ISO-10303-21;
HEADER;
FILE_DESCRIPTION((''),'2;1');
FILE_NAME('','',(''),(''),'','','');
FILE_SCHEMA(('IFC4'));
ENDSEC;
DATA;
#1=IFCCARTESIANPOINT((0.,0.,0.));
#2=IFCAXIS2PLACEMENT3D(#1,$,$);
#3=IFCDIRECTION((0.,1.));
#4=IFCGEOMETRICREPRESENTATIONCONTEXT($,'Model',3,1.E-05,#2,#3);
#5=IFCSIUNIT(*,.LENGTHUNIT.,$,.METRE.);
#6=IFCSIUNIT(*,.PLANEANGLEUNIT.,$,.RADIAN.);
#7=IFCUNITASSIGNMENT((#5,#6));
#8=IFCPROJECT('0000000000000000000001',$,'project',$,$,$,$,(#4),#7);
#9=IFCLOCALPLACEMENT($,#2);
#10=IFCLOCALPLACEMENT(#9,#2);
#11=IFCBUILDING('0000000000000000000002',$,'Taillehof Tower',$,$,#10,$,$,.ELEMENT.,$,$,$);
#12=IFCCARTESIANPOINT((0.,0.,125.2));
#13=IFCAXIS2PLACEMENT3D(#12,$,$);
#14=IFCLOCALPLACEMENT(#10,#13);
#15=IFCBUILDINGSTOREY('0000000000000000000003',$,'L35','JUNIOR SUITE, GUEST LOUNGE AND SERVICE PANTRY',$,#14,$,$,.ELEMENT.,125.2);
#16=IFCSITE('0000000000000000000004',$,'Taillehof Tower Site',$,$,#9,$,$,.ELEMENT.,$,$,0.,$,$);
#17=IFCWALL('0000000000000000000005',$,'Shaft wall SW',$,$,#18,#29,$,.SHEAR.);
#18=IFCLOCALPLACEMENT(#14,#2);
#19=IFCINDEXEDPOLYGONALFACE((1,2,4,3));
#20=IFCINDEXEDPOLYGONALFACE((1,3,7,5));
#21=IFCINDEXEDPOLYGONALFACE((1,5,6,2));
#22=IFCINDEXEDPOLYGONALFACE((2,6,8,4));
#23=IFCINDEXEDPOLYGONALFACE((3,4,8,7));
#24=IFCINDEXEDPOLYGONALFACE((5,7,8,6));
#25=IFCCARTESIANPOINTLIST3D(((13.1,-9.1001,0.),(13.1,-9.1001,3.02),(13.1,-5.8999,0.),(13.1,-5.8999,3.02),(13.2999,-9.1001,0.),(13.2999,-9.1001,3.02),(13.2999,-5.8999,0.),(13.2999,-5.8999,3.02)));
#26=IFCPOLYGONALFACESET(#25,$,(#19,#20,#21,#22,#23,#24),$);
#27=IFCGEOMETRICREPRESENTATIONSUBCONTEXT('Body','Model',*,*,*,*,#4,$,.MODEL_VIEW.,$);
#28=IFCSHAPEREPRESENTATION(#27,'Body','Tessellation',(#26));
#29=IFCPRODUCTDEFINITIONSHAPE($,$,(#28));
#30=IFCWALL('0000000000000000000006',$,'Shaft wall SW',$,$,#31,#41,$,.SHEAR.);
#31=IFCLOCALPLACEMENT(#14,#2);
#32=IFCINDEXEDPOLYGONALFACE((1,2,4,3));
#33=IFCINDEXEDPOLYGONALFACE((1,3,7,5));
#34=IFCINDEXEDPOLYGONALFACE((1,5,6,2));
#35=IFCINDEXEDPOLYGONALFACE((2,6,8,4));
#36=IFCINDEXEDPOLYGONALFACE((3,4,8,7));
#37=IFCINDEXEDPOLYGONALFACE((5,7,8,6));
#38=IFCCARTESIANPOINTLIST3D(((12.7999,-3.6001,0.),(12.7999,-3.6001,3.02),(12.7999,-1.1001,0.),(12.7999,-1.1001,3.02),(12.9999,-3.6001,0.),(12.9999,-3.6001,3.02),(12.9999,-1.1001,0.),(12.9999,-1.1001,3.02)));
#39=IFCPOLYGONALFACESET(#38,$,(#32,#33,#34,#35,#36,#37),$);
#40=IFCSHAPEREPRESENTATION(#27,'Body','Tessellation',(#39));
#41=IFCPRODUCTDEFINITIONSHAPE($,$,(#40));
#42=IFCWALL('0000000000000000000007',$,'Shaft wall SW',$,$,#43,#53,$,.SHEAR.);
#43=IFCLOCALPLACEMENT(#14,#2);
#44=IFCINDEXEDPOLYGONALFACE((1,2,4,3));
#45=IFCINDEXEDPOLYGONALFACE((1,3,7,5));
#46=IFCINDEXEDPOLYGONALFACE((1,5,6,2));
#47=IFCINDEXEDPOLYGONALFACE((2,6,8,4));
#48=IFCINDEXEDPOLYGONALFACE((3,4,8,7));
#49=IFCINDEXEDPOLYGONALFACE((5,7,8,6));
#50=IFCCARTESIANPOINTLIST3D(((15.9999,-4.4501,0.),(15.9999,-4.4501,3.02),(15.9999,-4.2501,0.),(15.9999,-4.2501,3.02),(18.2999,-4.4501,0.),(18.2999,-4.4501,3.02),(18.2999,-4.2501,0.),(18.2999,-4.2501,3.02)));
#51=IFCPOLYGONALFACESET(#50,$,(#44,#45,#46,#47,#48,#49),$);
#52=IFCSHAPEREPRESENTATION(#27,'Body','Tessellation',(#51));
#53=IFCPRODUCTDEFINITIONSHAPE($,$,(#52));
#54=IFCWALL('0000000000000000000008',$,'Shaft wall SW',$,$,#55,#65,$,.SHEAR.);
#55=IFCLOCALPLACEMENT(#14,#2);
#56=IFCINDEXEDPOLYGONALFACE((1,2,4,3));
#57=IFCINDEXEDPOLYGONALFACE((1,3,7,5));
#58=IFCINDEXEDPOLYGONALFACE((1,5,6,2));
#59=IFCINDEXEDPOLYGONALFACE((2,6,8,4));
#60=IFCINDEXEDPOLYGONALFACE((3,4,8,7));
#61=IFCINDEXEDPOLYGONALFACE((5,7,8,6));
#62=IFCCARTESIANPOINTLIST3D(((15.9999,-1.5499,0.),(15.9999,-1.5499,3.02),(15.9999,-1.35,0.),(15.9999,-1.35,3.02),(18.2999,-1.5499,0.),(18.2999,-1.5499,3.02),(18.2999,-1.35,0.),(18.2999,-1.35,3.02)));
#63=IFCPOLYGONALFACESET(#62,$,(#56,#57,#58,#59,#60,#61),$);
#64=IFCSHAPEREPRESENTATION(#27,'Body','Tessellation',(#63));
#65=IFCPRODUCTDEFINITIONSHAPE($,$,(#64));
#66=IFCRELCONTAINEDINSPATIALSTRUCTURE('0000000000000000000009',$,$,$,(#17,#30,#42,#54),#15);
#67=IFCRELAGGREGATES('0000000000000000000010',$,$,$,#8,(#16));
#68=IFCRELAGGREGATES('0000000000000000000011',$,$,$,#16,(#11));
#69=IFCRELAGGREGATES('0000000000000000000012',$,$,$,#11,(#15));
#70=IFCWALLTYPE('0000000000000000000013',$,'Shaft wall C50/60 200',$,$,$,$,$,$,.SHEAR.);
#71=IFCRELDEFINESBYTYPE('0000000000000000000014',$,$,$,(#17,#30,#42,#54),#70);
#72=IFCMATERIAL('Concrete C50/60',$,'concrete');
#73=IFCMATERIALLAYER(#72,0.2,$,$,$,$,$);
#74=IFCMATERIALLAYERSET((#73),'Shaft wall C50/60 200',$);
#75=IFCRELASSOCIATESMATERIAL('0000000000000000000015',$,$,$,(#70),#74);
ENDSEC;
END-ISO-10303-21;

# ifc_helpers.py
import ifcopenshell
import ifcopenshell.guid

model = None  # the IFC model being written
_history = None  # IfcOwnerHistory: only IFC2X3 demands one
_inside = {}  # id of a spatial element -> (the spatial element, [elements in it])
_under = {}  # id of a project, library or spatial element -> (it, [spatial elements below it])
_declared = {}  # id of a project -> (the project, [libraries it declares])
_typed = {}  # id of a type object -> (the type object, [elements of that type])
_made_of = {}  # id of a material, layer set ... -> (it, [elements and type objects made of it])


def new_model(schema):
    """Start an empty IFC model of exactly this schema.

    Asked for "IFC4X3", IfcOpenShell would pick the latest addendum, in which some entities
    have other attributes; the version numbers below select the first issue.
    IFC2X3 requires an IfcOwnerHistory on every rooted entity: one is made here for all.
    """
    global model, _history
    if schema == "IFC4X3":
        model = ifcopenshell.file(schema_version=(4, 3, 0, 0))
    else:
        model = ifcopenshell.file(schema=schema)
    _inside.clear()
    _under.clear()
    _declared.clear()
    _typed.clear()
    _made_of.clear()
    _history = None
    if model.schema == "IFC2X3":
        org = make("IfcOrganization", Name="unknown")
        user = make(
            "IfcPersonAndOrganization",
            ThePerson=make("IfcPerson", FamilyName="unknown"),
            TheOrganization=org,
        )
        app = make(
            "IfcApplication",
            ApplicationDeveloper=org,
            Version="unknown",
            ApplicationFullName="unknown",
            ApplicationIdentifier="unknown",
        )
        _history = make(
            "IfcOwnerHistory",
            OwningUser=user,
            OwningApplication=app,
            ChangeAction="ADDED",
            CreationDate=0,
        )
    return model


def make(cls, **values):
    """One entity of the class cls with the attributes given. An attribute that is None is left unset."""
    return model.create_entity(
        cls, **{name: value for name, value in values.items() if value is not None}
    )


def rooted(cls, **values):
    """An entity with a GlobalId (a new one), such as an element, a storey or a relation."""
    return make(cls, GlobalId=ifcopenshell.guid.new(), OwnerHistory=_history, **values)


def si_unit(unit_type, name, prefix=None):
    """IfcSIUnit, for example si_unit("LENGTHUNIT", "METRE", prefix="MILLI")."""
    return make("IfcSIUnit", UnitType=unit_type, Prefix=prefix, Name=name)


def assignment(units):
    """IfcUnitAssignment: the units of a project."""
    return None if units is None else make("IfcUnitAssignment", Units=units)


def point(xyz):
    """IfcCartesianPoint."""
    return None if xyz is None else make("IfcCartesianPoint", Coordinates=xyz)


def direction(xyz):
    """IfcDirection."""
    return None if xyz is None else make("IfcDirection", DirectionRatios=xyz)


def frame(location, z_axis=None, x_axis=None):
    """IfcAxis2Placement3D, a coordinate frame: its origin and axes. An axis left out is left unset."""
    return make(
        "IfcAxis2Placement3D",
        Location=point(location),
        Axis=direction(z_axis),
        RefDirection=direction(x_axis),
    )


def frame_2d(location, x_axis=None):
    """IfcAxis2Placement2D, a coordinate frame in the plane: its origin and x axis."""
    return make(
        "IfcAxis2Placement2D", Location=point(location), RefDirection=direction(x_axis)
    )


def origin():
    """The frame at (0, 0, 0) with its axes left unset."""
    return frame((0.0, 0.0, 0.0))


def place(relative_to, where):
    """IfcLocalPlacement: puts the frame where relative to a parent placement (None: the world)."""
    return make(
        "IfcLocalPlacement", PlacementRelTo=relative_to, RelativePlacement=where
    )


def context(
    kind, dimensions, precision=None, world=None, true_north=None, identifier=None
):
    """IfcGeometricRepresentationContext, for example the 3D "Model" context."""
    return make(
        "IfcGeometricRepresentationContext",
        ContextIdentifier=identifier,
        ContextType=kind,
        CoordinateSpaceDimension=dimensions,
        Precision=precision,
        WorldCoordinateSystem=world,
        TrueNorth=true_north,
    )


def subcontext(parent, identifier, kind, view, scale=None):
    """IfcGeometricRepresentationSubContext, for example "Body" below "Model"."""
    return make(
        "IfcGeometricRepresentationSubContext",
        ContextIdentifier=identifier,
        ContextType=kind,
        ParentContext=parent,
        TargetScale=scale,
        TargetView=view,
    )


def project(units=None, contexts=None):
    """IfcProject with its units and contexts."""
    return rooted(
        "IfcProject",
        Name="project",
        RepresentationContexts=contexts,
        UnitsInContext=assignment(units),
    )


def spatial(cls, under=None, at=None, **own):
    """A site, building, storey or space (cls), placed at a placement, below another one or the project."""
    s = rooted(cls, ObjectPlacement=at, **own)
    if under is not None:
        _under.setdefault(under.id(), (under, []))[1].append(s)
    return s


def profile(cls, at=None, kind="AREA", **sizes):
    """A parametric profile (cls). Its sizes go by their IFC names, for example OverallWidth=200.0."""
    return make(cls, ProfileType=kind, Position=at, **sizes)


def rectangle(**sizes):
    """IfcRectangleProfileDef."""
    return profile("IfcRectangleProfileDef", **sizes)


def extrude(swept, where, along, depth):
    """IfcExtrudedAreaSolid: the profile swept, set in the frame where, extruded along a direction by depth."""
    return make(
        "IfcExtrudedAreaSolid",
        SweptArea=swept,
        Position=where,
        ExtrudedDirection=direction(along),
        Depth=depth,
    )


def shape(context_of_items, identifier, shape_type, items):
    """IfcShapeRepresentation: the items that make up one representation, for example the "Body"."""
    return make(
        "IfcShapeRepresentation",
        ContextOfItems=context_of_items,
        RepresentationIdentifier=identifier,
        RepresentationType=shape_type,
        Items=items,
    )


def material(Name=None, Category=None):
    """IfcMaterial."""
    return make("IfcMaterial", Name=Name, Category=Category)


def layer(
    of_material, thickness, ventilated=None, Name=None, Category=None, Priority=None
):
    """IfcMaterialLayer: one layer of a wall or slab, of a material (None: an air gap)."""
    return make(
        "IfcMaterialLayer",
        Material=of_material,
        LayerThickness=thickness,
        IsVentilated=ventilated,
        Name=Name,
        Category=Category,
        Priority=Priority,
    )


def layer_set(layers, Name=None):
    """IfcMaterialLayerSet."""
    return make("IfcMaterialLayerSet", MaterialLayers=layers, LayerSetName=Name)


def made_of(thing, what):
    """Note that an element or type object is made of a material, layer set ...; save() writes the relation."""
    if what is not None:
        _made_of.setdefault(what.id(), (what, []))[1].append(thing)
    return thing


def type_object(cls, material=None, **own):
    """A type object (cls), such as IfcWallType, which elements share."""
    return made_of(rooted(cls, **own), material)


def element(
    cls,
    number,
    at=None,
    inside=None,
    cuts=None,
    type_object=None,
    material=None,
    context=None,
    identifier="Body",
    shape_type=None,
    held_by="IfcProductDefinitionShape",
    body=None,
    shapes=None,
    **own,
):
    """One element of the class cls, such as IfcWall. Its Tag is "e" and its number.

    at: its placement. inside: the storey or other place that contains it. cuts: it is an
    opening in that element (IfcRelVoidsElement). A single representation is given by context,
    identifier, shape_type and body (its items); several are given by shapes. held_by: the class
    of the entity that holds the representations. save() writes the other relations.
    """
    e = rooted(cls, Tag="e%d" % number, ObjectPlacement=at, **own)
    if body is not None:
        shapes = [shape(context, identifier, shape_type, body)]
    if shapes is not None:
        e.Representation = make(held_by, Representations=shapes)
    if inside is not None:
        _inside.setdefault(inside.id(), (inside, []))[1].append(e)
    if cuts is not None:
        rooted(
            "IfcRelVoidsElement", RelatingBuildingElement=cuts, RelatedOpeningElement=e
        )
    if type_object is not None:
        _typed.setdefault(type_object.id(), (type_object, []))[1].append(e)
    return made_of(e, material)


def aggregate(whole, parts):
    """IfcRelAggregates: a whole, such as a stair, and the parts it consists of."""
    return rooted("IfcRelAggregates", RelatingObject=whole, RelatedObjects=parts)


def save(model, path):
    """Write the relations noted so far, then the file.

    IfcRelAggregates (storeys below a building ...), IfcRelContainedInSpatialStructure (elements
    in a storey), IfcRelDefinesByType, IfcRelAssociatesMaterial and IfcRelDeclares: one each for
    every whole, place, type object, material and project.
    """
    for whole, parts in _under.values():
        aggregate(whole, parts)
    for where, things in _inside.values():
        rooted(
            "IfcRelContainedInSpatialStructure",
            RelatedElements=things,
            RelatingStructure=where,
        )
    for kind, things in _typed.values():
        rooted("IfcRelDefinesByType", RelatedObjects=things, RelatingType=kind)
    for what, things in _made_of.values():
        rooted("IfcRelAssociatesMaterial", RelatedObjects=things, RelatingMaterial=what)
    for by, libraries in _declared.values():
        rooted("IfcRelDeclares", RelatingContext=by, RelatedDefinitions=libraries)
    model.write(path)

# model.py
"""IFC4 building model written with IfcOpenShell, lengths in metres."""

from ifc_helpers import new_model, si_unit, direction, frame, frame_2d, origin, place, context, subcontext, project, spatial, rectangle, extrude, material, layer, layer_set, type_object, element, save


model = new_model("IFC4")

# Units and contexts
model_context = context("Model", 3, precision=1e-05, world=origin(), true_north=direction((0.0, 1.0)))
body_context = subcontext(model_context, "Body", "Model", "MODEL_VIEW")
ifc_project = project(units=[si_unit("LENGTHUNIT", "METRE"), si_unit("PLANEANGLEUNIT", "RADIAN")], contexts=[model_context])

# Site, building, storey
site_placement = place(None, origin())
site = spatial("IfcSite", under=ifc_project, at=site_placement, Name="Taillehof Tower Site", CompositionType="ELEMENT", RefElevation=0.0)
building_placement = place(site_placement, origin())
building = spatial("IfcBuilding", under=site, at=building_placement, Name="Taillehof Tower", CompositionType="ELEMENT")
storey_placement = place(building_placement, frame((0.0, 0.0, 125.2)))
storey = spatial("IfcBuildingStorey", under=building, at=storey_placement, Name="L35", Description="JUNIOR SUITE, GUEST LOUNGE AND SERVICE PANTRY", CompositionType="ELEMENT", Elevation=125.2)

# Walls
ifc_material_1 = material(Name="Concrete C50/60", Category="concrete")
ifc_layer_1 = layer(ifc_material_1, 0.2)
ifc_layer_set_1 = layer_set([ifc_layer_1], Name="Shaft wall C50/60 200")
wall_type_1 = type_object("IfcWallType", Name="Shaft wall C50/60 200", PredefinedType="SHEAR", material=ifc_layer_set_1)
wall_1_placement = place(storey_placement, frame((13.2, -9.1001, 0.0), z_axis=(0.0, 0.0, 1.0), x_axis=(0.0, 1.0, 0.0)))
element("IfcWall", 1, at=wall_1_placement, inside=storey, type_object=wall_type_1, Name="Shaft wall SW", PredefinedType="SHEAR", context=body_context, shape_type="SweptSolid", body=[
    extrude(rectangle(XDim=3.2002, YDim=0.2, at=frame_2d((1.6001, 0.0))), origin(), (0.0, 0.0, 1.0), 3.02),
])
wall_2_placement = place(storey_placement, frame((12.8999, -3.6001, 0.0), z_axis=(0.0, 0.0, 1.0), x_axis=(0.0, 1.0, 0.0)))
element("IfcWall", 2, at=wall_2_placement, inside=storey, type_object=wall_type_1, Name="Shaft wall SW", PredefinedType="SHEAR", context=body_context, shape_type="SweptSolid", body=[
    extrude(rectangle(XDim=2.5, YDim=0.2, at=frame_2d((1.25, 0.0))), origin(), (0.0, 0.0, 1.0), 3.02),
])
for number, where, z_axis, x_axis, name in (
    (3, (16.0, -4.3501, 0.0), (0.0, 0.0, 1.0), (1.0, 0.0, 0.0), "Shaft wall SW"),
    (4, (16.0, -1.45, 0.0), (0.0, 0.0, 1.0), (1.0, 0.0, 0.0), "Shaft wall SW"),
):
    element("IfcWall", number, at=place(storey_placement, frame(where, z_axis=z_axis, x_axis=x_axis)), inside=storey, type_object=wall_type_1, Name=name, PredefinedType="SHEAR", context=body_context, shape_type="SweptSolid", body=[
        extrude(rectangle(XDim=2.3, YDim=0.2, at=frame_2d((1.1499, 0.0))), origin(), (0.0, 0.0, 1.0), 3.02),
    ])

save(model, "model.ifc")
